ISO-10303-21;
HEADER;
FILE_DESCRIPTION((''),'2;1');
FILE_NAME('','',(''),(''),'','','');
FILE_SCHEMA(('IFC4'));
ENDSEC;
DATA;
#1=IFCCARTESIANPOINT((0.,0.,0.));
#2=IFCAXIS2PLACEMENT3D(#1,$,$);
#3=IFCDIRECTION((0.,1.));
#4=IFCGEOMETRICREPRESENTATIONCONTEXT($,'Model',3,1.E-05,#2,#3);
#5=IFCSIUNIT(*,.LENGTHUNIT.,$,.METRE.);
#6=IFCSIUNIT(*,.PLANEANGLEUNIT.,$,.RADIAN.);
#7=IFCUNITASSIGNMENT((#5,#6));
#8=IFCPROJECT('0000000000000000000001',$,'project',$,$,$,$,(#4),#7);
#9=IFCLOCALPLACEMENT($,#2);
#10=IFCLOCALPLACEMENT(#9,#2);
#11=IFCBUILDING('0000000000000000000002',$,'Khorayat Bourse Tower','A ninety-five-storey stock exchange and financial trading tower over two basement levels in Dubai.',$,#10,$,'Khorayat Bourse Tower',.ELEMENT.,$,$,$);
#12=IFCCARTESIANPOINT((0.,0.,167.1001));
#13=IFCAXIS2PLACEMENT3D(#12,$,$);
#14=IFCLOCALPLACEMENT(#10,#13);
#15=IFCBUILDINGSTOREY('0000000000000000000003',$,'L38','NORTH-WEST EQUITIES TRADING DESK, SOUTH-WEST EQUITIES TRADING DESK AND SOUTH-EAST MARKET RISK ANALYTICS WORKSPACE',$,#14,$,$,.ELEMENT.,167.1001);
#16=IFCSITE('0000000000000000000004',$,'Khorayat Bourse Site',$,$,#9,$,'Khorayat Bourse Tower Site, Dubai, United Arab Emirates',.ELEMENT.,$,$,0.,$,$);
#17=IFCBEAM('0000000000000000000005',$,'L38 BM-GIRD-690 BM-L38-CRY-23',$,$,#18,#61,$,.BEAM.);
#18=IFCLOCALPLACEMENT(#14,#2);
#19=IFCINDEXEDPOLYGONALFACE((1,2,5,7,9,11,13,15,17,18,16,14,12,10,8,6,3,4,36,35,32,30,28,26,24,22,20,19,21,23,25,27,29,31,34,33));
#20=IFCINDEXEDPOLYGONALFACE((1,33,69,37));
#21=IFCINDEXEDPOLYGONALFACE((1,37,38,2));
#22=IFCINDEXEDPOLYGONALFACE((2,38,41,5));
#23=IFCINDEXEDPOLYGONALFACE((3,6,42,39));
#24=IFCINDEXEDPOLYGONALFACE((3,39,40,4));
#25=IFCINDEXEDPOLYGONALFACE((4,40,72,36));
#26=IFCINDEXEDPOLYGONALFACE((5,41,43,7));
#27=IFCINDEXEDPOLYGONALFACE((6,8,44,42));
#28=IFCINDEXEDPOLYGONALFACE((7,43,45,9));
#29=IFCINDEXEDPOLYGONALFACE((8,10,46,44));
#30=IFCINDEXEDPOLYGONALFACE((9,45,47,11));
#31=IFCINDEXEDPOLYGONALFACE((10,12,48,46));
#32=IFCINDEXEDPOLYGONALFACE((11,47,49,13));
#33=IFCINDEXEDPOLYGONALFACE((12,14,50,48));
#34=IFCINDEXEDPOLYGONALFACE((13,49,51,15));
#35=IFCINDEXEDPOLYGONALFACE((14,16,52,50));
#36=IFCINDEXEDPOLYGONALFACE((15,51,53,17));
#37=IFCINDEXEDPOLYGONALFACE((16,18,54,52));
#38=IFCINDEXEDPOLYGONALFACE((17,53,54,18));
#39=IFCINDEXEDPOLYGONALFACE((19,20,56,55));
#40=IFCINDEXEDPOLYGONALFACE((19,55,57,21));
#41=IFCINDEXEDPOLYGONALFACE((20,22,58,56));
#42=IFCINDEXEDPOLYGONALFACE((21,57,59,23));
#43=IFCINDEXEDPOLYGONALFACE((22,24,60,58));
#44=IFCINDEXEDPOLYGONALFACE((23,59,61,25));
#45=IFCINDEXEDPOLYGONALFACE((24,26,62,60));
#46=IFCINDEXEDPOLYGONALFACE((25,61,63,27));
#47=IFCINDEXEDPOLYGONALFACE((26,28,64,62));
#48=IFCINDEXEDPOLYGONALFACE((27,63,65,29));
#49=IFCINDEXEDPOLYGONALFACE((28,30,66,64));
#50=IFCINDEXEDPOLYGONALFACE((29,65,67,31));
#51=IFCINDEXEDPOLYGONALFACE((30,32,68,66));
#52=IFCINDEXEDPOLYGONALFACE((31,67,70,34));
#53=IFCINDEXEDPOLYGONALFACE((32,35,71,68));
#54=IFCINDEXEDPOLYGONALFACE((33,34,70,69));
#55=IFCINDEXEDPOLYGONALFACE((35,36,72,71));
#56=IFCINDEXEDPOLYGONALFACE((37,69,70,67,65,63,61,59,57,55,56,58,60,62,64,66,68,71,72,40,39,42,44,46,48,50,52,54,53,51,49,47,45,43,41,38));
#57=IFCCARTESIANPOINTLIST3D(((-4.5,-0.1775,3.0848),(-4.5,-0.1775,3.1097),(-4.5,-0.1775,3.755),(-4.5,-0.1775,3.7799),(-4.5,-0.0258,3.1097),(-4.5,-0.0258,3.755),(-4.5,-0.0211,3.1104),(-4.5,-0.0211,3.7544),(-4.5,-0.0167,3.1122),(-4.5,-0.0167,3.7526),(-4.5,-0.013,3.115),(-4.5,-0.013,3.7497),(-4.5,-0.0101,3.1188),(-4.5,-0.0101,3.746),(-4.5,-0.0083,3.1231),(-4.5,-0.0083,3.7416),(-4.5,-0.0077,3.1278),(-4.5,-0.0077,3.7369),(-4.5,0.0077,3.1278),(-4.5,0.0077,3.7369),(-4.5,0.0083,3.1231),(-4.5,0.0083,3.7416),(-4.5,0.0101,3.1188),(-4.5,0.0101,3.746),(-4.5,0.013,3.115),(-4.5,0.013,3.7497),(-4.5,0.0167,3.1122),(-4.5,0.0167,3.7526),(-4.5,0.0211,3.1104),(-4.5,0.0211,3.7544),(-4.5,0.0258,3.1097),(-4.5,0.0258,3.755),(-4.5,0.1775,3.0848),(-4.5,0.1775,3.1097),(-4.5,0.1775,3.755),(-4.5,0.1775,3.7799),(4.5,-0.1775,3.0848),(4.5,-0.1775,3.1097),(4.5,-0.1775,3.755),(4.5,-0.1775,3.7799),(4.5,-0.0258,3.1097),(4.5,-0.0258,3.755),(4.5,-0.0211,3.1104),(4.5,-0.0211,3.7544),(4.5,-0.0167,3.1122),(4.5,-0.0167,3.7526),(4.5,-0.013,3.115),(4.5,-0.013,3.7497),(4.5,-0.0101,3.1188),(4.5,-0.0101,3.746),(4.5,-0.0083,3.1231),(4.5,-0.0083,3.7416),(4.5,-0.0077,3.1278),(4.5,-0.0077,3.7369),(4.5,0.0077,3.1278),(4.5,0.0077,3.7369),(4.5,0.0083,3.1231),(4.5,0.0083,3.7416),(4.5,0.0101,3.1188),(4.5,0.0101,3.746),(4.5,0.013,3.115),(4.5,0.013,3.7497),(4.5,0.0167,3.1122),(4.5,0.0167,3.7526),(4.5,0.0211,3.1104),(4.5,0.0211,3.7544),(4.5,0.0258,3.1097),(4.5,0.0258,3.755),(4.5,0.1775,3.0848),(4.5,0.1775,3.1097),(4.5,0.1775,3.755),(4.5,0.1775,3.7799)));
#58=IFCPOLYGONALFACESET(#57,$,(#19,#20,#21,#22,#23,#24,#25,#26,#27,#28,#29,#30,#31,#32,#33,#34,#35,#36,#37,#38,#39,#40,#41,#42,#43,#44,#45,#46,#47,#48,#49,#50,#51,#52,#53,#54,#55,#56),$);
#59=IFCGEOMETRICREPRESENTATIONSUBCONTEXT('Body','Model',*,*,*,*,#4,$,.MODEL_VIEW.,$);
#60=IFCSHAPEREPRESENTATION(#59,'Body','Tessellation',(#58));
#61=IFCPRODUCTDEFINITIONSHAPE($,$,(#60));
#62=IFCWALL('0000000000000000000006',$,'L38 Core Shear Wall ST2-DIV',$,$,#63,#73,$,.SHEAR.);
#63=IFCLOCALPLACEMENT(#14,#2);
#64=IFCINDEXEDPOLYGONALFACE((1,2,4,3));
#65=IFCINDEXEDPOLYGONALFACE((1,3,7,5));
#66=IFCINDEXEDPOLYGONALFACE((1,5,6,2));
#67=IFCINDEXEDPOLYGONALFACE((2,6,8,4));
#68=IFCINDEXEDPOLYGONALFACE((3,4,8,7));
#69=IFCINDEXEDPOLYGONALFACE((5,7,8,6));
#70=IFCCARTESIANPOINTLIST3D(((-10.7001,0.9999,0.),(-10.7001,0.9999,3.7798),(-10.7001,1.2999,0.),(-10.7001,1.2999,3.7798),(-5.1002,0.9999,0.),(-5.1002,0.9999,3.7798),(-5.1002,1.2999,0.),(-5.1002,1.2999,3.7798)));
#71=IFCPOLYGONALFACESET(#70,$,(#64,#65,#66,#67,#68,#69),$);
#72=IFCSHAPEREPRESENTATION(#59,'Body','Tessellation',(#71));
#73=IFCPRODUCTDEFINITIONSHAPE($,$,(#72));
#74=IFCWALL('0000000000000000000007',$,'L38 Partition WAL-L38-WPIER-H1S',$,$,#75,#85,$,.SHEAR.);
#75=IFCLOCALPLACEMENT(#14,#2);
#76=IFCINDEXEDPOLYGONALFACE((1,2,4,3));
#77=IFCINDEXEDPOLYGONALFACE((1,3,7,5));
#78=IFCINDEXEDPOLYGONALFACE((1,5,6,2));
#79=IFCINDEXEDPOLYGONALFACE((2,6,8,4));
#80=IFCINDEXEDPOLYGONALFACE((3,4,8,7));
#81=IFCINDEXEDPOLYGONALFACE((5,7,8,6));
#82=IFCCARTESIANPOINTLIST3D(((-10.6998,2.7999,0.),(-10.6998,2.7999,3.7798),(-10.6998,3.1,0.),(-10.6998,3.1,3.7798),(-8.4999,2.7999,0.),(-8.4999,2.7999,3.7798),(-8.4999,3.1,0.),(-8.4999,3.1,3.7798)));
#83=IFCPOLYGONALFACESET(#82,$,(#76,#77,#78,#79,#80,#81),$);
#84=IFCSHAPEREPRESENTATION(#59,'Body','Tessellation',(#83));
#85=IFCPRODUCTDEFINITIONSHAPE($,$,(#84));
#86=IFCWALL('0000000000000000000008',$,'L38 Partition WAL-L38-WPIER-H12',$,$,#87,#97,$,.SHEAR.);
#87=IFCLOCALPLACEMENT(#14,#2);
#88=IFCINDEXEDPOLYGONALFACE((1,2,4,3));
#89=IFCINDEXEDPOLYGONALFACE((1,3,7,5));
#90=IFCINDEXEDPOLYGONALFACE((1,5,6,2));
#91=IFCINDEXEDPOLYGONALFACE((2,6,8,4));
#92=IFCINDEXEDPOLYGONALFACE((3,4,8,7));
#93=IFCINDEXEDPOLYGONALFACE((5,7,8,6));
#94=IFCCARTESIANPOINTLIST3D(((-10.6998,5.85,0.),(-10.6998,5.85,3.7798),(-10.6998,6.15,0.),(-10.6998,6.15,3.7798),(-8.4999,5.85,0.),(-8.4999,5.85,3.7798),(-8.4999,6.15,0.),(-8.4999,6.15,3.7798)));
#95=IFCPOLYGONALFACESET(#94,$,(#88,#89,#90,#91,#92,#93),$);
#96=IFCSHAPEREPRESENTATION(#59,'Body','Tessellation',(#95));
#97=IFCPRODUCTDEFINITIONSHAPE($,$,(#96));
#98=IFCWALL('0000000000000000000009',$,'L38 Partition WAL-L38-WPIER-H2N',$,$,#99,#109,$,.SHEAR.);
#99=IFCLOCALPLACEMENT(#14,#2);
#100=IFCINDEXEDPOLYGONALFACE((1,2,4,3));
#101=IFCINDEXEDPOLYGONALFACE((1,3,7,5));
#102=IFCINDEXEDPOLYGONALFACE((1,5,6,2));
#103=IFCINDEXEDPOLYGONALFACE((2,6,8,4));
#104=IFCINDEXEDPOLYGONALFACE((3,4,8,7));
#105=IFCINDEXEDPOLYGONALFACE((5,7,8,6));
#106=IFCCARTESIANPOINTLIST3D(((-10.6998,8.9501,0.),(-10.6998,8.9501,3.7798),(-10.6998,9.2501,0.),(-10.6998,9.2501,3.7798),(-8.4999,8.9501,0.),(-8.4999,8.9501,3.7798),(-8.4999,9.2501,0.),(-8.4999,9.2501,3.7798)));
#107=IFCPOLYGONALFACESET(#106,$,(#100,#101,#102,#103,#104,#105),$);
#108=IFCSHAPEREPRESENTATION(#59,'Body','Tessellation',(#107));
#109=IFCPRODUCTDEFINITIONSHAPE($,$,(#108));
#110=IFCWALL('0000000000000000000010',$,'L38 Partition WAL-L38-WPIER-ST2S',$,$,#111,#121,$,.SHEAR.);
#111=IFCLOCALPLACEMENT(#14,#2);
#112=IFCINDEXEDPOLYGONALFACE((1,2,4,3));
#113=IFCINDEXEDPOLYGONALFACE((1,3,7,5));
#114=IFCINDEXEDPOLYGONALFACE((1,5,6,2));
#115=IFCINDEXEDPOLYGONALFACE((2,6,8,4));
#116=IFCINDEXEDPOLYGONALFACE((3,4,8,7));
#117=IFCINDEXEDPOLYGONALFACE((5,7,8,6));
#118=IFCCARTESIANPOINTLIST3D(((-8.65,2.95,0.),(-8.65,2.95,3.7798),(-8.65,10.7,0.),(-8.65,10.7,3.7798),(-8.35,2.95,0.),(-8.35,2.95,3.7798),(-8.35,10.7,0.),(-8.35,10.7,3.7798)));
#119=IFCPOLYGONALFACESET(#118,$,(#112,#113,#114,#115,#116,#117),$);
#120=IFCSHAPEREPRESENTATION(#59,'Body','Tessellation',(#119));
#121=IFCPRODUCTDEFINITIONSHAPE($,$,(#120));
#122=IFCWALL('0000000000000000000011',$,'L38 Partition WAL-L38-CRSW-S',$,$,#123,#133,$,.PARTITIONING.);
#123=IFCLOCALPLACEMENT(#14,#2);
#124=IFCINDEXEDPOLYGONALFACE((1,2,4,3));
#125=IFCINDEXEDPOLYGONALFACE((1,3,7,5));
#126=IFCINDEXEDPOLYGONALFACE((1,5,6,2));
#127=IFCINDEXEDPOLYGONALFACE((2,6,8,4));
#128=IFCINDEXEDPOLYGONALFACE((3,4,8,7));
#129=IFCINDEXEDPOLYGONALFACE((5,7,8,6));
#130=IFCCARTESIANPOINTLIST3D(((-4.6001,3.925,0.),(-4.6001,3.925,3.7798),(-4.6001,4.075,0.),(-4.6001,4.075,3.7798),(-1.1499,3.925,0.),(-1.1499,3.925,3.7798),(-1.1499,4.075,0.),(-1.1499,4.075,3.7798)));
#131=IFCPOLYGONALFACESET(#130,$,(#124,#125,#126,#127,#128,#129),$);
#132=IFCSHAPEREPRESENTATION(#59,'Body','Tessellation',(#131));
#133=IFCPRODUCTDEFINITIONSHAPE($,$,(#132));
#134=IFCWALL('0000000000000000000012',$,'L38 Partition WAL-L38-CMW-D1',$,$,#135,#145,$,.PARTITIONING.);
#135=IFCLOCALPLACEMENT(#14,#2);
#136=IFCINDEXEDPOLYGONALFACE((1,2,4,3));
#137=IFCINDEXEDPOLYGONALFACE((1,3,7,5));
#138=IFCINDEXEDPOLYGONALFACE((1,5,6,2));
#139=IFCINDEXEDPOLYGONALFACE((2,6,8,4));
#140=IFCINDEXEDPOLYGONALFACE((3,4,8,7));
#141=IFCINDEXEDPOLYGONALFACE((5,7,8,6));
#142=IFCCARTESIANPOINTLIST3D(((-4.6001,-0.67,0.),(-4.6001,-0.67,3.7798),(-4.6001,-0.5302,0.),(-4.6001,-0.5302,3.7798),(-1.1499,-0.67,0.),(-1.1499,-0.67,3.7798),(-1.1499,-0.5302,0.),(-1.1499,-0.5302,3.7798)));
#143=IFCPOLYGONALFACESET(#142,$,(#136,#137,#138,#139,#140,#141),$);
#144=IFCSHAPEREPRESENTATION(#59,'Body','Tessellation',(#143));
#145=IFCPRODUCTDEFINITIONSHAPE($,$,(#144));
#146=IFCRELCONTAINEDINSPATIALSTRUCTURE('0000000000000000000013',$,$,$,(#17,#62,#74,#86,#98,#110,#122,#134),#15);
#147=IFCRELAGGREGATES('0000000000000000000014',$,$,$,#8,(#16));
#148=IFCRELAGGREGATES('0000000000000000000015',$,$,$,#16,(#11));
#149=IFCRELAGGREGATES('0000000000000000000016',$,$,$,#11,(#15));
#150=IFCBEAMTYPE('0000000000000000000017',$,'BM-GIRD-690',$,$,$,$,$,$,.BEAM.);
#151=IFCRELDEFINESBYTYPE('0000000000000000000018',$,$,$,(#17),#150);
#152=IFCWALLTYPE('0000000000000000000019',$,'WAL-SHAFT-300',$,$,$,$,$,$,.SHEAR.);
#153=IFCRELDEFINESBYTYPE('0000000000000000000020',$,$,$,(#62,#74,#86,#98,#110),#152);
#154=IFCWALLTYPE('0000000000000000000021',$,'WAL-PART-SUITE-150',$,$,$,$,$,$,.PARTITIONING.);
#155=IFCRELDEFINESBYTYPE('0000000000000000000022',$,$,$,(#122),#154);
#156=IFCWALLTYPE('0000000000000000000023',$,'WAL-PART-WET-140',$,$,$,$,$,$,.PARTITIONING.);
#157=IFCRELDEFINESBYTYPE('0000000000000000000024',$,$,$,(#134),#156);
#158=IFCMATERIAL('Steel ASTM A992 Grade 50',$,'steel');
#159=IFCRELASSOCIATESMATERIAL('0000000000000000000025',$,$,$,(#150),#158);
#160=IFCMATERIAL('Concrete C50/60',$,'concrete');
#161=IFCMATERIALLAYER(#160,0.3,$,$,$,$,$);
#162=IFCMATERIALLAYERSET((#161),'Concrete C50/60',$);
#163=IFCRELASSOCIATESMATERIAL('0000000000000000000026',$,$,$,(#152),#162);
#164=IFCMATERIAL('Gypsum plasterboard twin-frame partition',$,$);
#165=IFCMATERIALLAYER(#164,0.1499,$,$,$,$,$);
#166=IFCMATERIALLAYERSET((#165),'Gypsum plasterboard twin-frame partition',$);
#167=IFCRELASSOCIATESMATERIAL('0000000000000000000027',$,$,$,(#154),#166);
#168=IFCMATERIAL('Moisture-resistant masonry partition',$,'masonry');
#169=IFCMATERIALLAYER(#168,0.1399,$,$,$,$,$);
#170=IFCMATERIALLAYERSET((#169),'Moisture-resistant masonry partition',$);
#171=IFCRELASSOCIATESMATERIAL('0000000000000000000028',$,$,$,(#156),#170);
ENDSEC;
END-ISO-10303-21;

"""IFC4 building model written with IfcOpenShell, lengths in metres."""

from ifc_helpers import new_model, si_unit, direction, frame, frame_2d, origin, origin_2d, place, context, subcontext, project, spatial, rectangle, i_section, extrude, source, transform, mapped, material, layer, layer_set, material_profile, profile_set, type_object, element, save


model = new_model("IFC4")

# Units and contexts
model_context = context("Model", 3, precision=1e-05, world=origin(), true_north=direction((0.0, 1.0)))
body_context = subcontext(model_context, "Body", "Model", "MODEL_VIEW")
ifc_project = project(units=[si_unit("LENGTHUNIT", "METRE"), si_unit("PLANEANGLEUNIT", "RADIAN")], contexts=[model_context])

# Site, building, storey
site_placement = place(None, origin())
site = spatial("IfcSite", under=ifc_project, at=site_placement, Name="Khorayat Bourse Site", LongName="Khorayat Bourse Tower Site, Dubai, United Arab Emirates", CompositionType="ELEMENT", RefElevation=0.0)
building_placement = place(site_placement, origin())
building = spatial("IfcBuilding", under=site, at=building_placement, Name="Khorayat Bourse Tower", Description="A ninety-five-storey stock exchange and financial trading tower over two basement levels in Dubai.", LongName="Khorayat Bourse Tower", CompositionType="ELEMENT")
storey_placement = place(building_placement, frame((0.0, 0.0, 167.1001)))
storey = spatial("IfcBuildingStorey", under=building, at=storey_placement, Name="L38", Description="NORTH-WEST EQUITIES TRADING DESK, SOUTH-WEST EQUITIES TRADING DESK AND SOUTH-EAST MARKET RISK ANALYTICS WORKSPACE", CompositionType="ELEMENT", Elevation=167.1001)

# Beam
ifc_material_1 = material(Name="Steel ASTM A992 Grade 50", Category="steel")
ifc_material_profile_1 = material_profile(ifc_material_1, i_section(OverallWidth=0.355, OverallDepth=0.6951, WebThickness=0.0154, FlangeThickness=0.0249, FilletRadius=0.0181, at=origin_2d()), Name="W690X217")
ifc_profile_set_1 = profile_set([ifc_material_profile_1], Name="Steel ASTM A992 Grade 50")
beam_type = type_object("IfcBeamType", Name="BM-GIRD-690", PredefinedType="BEAM", material=ifc_profile_set_1)
shared_shape_1 = source(origin(), body_context, "Body", "SweptSolid", [
    extrude(i_section(OverallWidth=0.355, OverallDepth=0.6951, WebThickness=0.0154, FlangeThickness=0.0249, FilletRadius=0.0181, at=origin_2d()), origin(), (0.0, 0.0, 1.0), 9.0),
])
beam_1_placement = place(storey_placement, frame((-4.5, 0.0, 3.4324), z_axis=(1.0, 0.0, 0.0), x_axis=(0.0, 1.0, 0.0)))
element("IfcBeam", 1, at=beam_1_placement, inside=storey, type_object=beam_type, Name="L38 BM-GIRD-690 BM-L38-CRY-23", PredefinedType="BEAM", context=body_context, shape_type="MappedRepresentation", body=[
    mapped(shared_shape_1, transform((0.0, 0.0, 0.0), scale=1.0)),
])

# Walls
ifc_material_2 = material(Name="Concrete C50/60", Category="concrete")
ifc_layer_1 = layer(ifc_material_2, 0.3)
ifc_layer_set_1 = layer_set([ifc_layer_1], Name="Concrete C50/60")
wall_type_1 = type_object("IfcWallType", Name="WAL-SHAFT-300", PredefinedType="SHEAR", material=ifc_layer_set_1)
shared_shape_2 = source(origin(), body_context, "Body", "SweptSolid", [
    extrude(rectangle(XDim=5.5999, YDim=0.3, at=frame_2d((2.7998, 0.0))), origin(), (0.0, 0.0, 1.0), 3.7798),
])
wall_1_placement = place(storey_placement, frame((-10.7, 1.1499, 0.0), z_axis=(0.0, 0.0, 1.0), x_axis=(1.0, 0.0, 0.0)))
element("IfcWall", 2, at=wall_1_placement, inside=storey, type_object=wall_type_1, Name="L38 Core Shear Wall ST2-DIV", PredefinedType="SHEAR", context=body_context, shape_type="MappedRepresentation", body=[
    mapped(shared_shape_2, transform((0.0, 0.0, 0.0), scale=1.0)),
])
shared_shape_3 = source(origin(), body_context, "Body", "SweptSolid", [
    extrude(rectangle(XDim=2.2, YDim=0.3, at=frame_2d((1.1001, 0.0))), origin(), (0.0, 0.0, 1.0), 3.7798),
])
for number, where, z_axis, x_axis, name in (
    (3, (-10.7, 2.95, 0.0), (0.0, 0.0, 1.0), (1.0, 0.0, 0.0), "L38 Partition WAL-L38-WPIER-H1S"),
    (4, (-10.7, 6.0, 0.0), (0.0, 0.0, 1.0), (1.0, 0.0, 0.0), "L38 Partition WAL-L38-WPIER-H12"),
    (5, (-10.7, 9.1001, 0.0), (0.0, 0.0, 1.0), (1.0, 0.0, 0.0), "L38 Partition WAL-L38-WPIER-H2N"),
):
    element("IfcWall", number, at=place(storey_placement, frame(where, z_axis=z_axis, x_axis=x_axis)), inside=storey, type_object=wall_type_1, Name=name, PredefinedType="SHEAR", context=body_context, shape_type="MappedRepresentation", body=[
        mapped(shared_shape_3, transform((0.0, 0.0, 0.0), scale=1.0)),
    ])
shared_shape_4 = source(origin(), body_context, "Body", "SweptSolid", [
    extrude(rectangle(XDim=7.75, YDim=0.3, at=frame_2d((3.875, 0.0))), origin(), (0.0, 0.0, 1.0), 3.7798),
])
wall_2_placement = place(storey_placement, frame((-8.5, 2.95, 0.0), z_axis=(0.0, 0.0, 1.0), x_axis=(0.0, 1.0, 0.0)))
element("IfcWall", 6, at=wall_2_placement, inside=storey, type_object=wall_type_1, Name="L38 Partition WAL-L38-WPIER-ST2S", PredefinedType="SHEAR", context=body_context, shape_type="MappedRepresentation", body=[
    mapped(shared_shape_4, transform((0.0, 0.0, 0.0), scale=1.0)),
])
ifc_material_3 = material(Name="Gypsum plasterboard twin-frame partition")
ifc_layer_2 = layer(ifc_material_3, 0.1499)
ifc_layer_set_2 = layer_set([ifc_layer_2], Name="Gypsum plasterboard twin-frame partition")
wall_type_2 = type_object("IfcWallType", Name="WAL-PART-SUITE-150", PredefinedType="PARTITIONING", material=ifc_layer_set_2)
shared_shape_5 = source(origin(), body_context, "Body", "SweptSolid", [
    extrude(rectangle(XDim=3.4502, YDim=0.1499, at=frame_2d((1.7251, 0.0))), origin(), (0.0, 0.0, 1.0), 3.7798),
])
wall_3_placement = place(storey_placement, frame((-4.6001, 4.0, 0.0), z_axis=(0.0, 0.0, 1.0), x_axis=(1.0, 0.0, 0.0)))
element("IfcWall", 7, at=wall_3_placement, inside=storey, type_object=wall_type_2, Name="L38 Partition WAL-L38-CRSW-S", PredefinedType="PARTITIONING", context=body_context, shape_type="MappedRepresentation", body=[
    mapped(shared_shape_5, transform((0.0, 0.0, 0.0), scale=1.0)),
])
ifc_material_4 = material(Name="Moisture-resistant masonry partition", Category="masonry")
ifc_layer_3 = layer(ifc_material_4, 0.1399)
ifc_layer_set_3 = layer_set([ifc_layer_3], Name="Moisture-resistant masonry partition")
wall_type_3 = type_object("IfcWallType", Name="WAL-PART-WET-140", PredefinedType="PARTITIONING", material=ifc_layer_set_3)
shared_shape_6 = source(origin(), body_context, "Body", "SweptSolid", [
    extrude(rectangle(XDim=3.4502, YDim=0.1399, at=frame_2d((1.7251, 0.0))), origin(), (0.0, 0.0, 1.0), 3.7798),
])
wall_4_placement = place(storey_placement, frame((-4.6001, -0.6001, 0.0), z_axis=(0.0, 0.0, 1.0), x_axis=(1.0, 0.0, 0.0)))
element("IfcWall", 8, at=wall_4_placement, inside=storey, type_object=wall_type_3, Name="L38 Partition WAL-L38-CMW-D1", PredefinedType="PARTITIONING", context=body_context, shape_type="MappedRepresentation", body=[
    mapped(shared_shape_6, transform((0.0, 0.0, 0.0), scale=1.0)),
])

save(model, "model.ifc")
